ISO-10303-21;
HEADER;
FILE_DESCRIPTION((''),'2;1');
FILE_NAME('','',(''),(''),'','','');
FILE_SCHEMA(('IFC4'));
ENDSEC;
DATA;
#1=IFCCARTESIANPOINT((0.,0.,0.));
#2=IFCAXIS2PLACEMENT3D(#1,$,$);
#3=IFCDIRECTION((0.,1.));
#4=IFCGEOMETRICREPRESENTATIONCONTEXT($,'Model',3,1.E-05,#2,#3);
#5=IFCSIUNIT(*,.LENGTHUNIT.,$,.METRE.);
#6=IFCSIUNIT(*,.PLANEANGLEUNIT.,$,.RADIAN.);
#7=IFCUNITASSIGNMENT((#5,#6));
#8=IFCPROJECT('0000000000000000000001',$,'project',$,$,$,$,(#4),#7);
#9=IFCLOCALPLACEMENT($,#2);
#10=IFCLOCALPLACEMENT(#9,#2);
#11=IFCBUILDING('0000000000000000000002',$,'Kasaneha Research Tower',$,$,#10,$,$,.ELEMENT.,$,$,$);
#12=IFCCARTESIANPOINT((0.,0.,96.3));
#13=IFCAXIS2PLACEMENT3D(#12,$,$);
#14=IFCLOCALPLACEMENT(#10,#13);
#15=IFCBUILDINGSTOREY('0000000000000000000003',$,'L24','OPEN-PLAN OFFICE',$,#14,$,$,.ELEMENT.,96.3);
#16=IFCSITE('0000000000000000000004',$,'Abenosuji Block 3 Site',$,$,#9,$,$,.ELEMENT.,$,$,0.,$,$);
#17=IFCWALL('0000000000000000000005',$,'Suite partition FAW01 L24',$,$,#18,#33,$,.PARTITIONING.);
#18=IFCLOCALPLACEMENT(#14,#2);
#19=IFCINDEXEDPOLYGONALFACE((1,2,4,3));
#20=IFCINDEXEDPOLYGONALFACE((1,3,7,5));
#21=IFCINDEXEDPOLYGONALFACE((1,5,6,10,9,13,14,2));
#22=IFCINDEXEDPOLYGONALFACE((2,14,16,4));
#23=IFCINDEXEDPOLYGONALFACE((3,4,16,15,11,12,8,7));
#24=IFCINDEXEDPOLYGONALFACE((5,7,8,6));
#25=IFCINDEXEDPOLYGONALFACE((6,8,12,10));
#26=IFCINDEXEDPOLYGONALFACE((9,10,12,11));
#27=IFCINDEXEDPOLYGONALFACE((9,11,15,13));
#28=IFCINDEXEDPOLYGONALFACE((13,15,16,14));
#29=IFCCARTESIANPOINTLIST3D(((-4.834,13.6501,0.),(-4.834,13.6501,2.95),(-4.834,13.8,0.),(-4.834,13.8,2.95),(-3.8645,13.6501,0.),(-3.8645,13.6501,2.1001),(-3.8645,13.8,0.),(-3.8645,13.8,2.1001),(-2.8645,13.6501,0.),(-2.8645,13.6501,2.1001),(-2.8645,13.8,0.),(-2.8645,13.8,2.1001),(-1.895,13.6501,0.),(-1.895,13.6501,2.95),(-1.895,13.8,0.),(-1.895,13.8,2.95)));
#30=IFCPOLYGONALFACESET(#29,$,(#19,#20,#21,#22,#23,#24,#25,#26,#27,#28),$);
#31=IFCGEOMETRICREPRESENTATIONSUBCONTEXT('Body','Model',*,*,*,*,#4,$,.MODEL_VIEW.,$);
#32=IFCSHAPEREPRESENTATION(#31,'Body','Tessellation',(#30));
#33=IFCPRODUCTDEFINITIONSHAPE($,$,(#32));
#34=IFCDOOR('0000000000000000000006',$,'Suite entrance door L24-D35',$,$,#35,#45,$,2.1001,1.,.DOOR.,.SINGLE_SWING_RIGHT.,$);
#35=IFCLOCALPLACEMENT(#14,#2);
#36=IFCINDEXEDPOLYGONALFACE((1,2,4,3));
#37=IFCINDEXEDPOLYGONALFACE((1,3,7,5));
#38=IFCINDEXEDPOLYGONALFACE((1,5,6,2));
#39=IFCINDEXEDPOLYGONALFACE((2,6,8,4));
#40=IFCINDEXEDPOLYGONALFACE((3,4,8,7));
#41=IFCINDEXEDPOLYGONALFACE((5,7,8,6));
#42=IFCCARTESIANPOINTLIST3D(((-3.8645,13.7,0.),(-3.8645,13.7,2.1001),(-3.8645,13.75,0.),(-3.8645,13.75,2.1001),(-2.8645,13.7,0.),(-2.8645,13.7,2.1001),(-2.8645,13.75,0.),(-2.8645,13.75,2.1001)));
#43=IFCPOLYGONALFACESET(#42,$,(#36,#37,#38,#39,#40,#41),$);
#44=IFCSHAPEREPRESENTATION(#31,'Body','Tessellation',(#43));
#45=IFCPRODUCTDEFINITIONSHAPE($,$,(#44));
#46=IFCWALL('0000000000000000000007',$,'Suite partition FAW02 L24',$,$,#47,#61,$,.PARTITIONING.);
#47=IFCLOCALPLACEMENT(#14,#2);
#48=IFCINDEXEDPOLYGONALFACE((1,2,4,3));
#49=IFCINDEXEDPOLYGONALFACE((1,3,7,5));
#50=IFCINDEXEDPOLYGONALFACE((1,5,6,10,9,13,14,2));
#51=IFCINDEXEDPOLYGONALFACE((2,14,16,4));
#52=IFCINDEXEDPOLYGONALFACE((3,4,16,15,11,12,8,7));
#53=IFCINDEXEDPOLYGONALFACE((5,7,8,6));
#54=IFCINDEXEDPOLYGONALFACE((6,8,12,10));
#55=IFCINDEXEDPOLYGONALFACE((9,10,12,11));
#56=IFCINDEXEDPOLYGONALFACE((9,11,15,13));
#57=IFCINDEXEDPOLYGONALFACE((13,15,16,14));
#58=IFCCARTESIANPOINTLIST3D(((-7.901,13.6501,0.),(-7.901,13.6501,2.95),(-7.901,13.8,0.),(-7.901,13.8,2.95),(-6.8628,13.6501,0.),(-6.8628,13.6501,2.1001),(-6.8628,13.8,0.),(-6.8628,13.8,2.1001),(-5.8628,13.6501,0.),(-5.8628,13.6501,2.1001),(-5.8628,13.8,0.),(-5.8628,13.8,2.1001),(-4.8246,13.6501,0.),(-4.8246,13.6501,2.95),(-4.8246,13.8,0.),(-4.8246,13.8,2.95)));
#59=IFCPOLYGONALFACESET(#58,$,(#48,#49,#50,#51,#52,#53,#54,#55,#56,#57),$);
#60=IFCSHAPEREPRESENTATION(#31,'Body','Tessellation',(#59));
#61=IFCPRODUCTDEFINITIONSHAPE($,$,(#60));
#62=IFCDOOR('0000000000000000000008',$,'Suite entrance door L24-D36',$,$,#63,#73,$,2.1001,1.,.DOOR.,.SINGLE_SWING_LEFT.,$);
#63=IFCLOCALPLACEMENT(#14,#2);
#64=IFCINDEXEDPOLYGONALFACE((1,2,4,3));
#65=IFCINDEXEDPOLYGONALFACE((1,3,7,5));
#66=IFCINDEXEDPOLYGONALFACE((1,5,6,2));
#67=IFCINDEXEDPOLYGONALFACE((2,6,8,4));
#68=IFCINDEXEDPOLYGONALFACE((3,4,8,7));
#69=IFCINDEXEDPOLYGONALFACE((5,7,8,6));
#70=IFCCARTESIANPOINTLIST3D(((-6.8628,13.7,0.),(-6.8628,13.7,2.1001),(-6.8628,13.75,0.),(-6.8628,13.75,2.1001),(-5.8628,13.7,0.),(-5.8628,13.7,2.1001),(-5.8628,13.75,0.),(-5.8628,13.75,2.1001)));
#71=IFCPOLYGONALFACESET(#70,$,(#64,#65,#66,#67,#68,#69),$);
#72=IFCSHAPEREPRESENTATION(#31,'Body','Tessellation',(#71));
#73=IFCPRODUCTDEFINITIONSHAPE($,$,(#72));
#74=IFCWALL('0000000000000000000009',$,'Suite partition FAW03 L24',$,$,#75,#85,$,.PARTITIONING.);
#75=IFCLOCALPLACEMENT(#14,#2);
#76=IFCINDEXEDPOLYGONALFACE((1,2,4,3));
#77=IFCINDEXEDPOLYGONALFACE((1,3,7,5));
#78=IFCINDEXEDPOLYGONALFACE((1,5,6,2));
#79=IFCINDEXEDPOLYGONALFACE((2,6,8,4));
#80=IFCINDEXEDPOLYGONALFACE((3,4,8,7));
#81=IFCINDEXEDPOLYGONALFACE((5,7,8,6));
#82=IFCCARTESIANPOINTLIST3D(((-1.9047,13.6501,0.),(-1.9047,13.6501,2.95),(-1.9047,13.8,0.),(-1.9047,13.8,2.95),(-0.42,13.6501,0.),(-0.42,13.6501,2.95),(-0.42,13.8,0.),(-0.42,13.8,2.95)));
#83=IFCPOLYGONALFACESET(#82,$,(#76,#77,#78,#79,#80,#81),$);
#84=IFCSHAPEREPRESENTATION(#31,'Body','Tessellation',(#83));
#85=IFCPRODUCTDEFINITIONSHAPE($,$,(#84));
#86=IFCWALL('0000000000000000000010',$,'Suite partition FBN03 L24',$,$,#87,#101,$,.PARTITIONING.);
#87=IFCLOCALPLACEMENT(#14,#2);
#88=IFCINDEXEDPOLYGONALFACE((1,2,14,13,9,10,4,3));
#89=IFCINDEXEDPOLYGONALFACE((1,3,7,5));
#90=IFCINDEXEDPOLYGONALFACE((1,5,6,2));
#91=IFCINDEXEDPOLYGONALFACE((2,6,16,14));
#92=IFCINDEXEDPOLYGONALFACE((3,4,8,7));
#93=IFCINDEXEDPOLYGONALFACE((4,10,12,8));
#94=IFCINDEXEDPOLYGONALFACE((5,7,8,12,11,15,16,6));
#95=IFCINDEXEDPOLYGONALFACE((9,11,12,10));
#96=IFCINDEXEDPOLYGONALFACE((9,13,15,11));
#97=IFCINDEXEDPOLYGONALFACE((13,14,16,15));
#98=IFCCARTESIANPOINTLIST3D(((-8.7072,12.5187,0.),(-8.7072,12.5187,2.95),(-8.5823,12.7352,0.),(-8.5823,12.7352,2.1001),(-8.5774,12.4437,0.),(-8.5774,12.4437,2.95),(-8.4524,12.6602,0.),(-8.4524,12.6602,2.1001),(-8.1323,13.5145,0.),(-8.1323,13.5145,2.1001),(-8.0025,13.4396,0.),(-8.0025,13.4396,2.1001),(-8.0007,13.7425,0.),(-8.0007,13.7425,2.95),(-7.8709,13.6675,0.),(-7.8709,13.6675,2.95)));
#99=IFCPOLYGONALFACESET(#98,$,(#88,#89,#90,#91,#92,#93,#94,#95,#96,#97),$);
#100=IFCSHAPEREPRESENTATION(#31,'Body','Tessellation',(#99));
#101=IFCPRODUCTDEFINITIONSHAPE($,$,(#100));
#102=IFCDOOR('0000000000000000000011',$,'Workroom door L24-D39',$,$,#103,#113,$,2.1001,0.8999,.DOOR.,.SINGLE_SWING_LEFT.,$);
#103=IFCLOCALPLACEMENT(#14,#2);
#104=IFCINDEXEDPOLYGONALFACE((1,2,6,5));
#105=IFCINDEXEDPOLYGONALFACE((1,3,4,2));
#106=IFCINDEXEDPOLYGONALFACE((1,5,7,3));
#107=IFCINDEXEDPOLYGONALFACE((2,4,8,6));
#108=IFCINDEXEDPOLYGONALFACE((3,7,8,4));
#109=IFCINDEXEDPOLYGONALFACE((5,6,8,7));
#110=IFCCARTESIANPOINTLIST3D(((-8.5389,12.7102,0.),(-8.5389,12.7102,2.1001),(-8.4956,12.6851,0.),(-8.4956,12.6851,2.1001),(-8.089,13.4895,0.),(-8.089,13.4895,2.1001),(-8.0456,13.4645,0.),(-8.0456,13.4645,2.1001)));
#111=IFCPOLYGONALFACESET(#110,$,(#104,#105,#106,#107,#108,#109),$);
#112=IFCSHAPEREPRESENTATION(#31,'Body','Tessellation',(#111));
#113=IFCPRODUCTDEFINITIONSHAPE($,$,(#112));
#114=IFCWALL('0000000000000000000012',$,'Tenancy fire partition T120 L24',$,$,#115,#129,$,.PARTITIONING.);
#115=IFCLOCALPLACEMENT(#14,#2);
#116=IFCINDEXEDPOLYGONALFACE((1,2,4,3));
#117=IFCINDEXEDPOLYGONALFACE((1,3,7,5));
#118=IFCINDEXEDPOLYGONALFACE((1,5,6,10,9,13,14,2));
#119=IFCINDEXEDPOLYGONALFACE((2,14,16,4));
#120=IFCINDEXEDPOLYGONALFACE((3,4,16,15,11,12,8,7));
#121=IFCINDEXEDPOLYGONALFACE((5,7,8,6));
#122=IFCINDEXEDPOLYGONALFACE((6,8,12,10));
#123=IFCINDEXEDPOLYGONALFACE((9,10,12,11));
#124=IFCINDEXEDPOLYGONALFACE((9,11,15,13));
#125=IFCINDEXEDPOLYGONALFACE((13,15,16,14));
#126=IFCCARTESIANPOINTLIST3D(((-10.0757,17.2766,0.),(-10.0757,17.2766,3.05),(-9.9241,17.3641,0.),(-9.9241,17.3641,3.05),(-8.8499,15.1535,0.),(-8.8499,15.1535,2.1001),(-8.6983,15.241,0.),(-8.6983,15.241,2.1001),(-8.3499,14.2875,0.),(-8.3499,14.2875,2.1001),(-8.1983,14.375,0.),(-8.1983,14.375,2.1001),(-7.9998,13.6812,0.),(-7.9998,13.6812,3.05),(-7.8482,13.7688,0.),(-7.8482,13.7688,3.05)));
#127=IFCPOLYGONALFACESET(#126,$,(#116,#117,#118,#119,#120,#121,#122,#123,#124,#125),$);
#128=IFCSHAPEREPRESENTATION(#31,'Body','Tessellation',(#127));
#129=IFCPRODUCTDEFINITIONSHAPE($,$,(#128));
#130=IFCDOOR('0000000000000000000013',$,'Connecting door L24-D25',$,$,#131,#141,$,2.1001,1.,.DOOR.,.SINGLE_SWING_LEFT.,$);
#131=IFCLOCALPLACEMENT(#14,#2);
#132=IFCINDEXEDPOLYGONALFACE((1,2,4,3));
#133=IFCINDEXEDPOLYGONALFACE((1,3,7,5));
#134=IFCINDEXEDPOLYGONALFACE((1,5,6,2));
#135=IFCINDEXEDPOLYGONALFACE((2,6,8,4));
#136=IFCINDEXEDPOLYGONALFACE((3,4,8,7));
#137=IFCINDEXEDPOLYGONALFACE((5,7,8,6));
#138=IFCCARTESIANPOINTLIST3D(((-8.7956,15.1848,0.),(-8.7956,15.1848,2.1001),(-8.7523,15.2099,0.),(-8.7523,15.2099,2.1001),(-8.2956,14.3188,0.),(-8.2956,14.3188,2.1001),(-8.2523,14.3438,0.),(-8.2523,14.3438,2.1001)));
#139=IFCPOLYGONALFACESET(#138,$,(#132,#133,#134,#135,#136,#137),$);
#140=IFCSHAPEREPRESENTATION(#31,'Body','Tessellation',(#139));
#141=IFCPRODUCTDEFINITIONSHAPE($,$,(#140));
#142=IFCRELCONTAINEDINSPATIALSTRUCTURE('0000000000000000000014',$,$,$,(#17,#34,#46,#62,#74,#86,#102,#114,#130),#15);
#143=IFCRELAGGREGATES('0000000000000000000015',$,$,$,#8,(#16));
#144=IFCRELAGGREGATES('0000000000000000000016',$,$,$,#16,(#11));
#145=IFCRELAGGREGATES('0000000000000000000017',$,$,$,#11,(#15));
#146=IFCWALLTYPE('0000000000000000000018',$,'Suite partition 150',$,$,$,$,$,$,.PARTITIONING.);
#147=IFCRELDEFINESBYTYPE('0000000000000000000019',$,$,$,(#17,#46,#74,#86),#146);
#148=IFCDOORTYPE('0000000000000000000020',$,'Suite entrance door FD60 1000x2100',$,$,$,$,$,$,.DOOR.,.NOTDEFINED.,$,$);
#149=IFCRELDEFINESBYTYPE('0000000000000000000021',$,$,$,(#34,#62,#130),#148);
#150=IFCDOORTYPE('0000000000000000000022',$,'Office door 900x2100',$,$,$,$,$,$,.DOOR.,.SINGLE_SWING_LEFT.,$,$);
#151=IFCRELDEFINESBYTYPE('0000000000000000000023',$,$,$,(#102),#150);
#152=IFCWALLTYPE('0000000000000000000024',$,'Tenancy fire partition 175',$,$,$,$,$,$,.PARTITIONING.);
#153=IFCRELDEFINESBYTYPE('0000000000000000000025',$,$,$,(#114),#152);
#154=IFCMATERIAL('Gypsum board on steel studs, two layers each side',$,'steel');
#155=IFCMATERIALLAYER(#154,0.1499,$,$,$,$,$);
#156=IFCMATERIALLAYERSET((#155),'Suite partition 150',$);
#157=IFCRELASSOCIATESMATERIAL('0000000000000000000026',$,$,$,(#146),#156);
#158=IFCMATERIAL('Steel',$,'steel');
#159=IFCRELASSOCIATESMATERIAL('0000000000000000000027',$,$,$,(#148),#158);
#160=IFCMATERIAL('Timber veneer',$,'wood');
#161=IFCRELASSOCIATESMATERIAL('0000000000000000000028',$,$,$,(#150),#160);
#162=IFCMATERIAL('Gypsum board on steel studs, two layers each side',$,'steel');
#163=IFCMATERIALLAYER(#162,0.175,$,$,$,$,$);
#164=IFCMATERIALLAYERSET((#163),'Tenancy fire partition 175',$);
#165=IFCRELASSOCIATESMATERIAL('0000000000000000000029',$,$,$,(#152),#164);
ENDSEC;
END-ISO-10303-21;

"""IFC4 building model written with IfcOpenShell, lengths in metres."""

from ifc_helpers import new_model, si_unit, direction, frame, frame_2d, origin, place, context, subcontext, project, spatial, rectangle, extrude, material, layer, layer_set, type_object, element, fill, save


model = new_model("IFC4")

# Units and contexts
model_context = context("Model", 3, precision=1e-05, world=origin(), true_north=direction((0.0, 1.0)))
body_context = subcontext(model_context, "Body", "Model", "MODEL_VIEW")
ifc_project = project(units=[si_unit("LENGTHUNIT", "METRE"), si_unit("PLANEANGLEUNIT", "RADIAN")], contexts=[model_context])

# Site, building, storey
site_placement = place(None, origin())
site = spatial("IfcSite", under=ifc_project, at=site_placement, Name="Abenosuji Block 3 Site", CompositionType="ELEMENT", RefElevation=0.0)
building_placement = place(site_placement, origin())
building = spatial("IfcBuilding", under=site, at=building_placement, Name="Kasaneha Research Tower", CompositionType="ELEMENT")
storey_placement = place(building_placement, frame((0.0, 0.0, 96.3)))
storey = spatial("IfcBuildingStorey", under=building, at=storey_placement, Name="L24", Description="OPEN-PLAN OFFICE", CompositionType="ELEMENT", Elevation=96.3)

# Walls, openings, doors
ifc_material_1 = material(Name="Gypsum board on steel studs, two layers each side", Category="steel")
ifc_layer_1 = layer(ifc_material_1, 0.1499)
ifc_layer_set_1 = layer_set([ifc_layer_1], Name="Suite partition 150")
wall_type_1 = type_object("IfcWallType", Name="Suite partition 150", PredefinedType="PARTITIONING", material=ifc_layer_set_1)
wall_1_placement = place(storey_placement, frame((-4.834, 13.7251, 0.0), z_axis=(0.0, 0.0, 1.0), x_axis=(1.0, 0.0, 0.0)))
wall_1 = element("IfcWall", 1, at=wall_1_placement, inside=storey, type_object=wall_type_1, Name="Suite partition FAW01 L24", PredefinedType="PARTITIONING", context=body_context, shape_type="SweptSolid", body=[
    extrude(rectangle(XDim=2.939, YDim=0.1499, at=frame_2d((1.4695, 0.0))), origin(), (0.0, 0.0, 1.0), 2.95),
])
opening_1_placement = place(wall_1_placement, frame((0.9695, 0.0, 0.0)))
opening_1 = element("IfcOpeningElement", 2, at=opening_1_placement, cuts=wall_1, PredefinedType="OPENING", context=body_context, shape_type="SweptSolid", body=[
    extrude(rectangle(XDim=1.0, YDim=2.1001, at=frame_2d((0.5, 1.05))), frame((0.0, 0.085, 0.0), z_axis=(0.0, -1.0, 0.0), x_axis=(1.0, 0.0, 0.0)), (0.0, 0.0, 1.0), 0.1699),
])
ifc_material_2 = material(Name="Steel", Category="steel")
door_type_1 = type_object("IfcDoorType", Name="Suite entrance door FD60 1000x2100", OperationType="NOTDEFINED", PredefinedType="DOOR", material=ifc_material_2)
door_1_placement = place(opening_1_placement, origin())
door_1 = element("IfcDoor", 3, at=door_1_placement, inside=storey, type_object=door_type_1, Name="Suite entrance door L24-D35", OperationType="SINGLE_SWING_RIGHT", OverallHeight=2.1001, OverallWidth=1.0, PredefinedType="DOOR", context=body_context, shape_type="SweptSolid", body=[
    extrude(rectangle(XDim=1.0, YDim=2.1001, at=frame_2d((0.5, 1.05))), frame((0.0, 0.0249, 0.0), z_axis=(0.0, -1.0, 0.0), x_axis=(1.0, 0.0, 0.0)), (0.0, 0.0, 1.0), 0.05),
])
fill(opening_1, door_1)
wall_2_placement = place(storey_placement, frame((-7.9009, 13.7251, 0.0), z_axis=(0.0, 0.0, 1.0), x_axis=(1.0, 0.0, 0.0)))
wall_2 = element("IfcWall", 4, at=wall_2_placement, inside=storey, type_object=wall_type_1, Name="Suite partition FAW02 L24", PredefinedType="PARTITIONING", context=body_context, shape_type="SweptSolid", body=[
    extrude(rectangle(XDim=3.0764, YDim=0.1499, at=frame_2d((1.5381, 0.0))), origin(), (0.0, 0.0, 1.0), 2.95),
])
opening_2_placement = place(wall_2_placement, frame((1.0381, 0.0, 0.0)))
opening_2 = element("IfcOpeningElement", 5, at=opening_2_placement, cuts=wall_2, PredefinedType="OPENING", context=body_context, shape_type="SweptSolid", body=[
    extrude(rectangle(XDim=1.0, YDim=2.1001, at=frame_2d((0.5, 1.05))), frame((0.0, 0.085, 0.0), z_axis=(0.0, -1.0, 0.0), x_axis=(1.0, 0.0, 0.0)), (0.0, 0.0, 1.0), 0.1699),
])
door_2_placement = place(opening_2_placement, origin())
door_2 = element("IfcDoor", 6, at=door_2_placement, inside=storey, type_object=door_type_1, Name="Suite entrance door L24-D36", OperationType="SINGLE_SWING_LEFT", OverallHeight=2.1001, OverallWidth=1.0, PredefinedType="DOOR", context=body_context, shape_type="SweptSolid", body=[
    extrude(rectangle(XDim=1.0, YDim=2.1001, at=frame_2d((0.5, 1.05))), frame((0.0, 0.0249, 0.0), z_axis=(0.0, -1.0, 0.0), x_axis=(1.0, 0.0, 0.0)), (0.0, 0.0, 1.0), 0.05),
])
fill(opening_2, door_2)

# Wall
wall_3_placement = place(storey_placement, frame((-1.9045, 13.7251, 0.0), z_axis=(0.0, 0.0, 1.0), x_axis=(1.0, 0.0, 0.0)))
element("IfcWall", 7, at=wall_3_placement, inside=storey, type_object=wall_type_1, Name="Suite partition FAW03 L24", PredefinedType="PARTITIONING", context=body_context, shape_type="SweptSolid", body=[
    extrude(rectangle(XDim=1.4846, YDim=0.1499, at=frame_2d((0.7422, 0.0))), origin(), (0.0, 0.0, 1.0), 2.95),
])

# Walls, openings, doors
wall_4_placement = place(storey_placement, frame((-8.6423, 12.4812, 0.0), z_axis=(0.0, 0.0, 1.0), x_axis=(0.499967, 0.866045, 0.0)))
wall_4 = element("IfcWall", 8, at=wall_4_placement, inside=storey, type_object=wall_type_1, Name="Suite partition FBN03 L24", PredefinedType="PARTITIONING", context=body_context, shape_type="SweptSolid", body=[
    extrude(rectangle(XDim=1.4131, YDim=0.1499, at=frame_2d((0.7065, 0.0))), origin(), (0.0, 0.0, 1.0), 2.95),
])
opening_3_placement = place(wall_4_placement, frame((0.25, 0.0, 0.0)))
opening_3 = element("IfcOpeningElement", 9, at=opening_3_placement, cuts=wall_4, PredefinedType="OPENING", context=body_context, shape_type="SweptSolid", body=[
    extrude(rectangle(XDim=0.8999, YDim=2.1001, at=frame_2d((0.45, 1.05))), frame((0.0, 0.085, 0.0), z_axis=(0.0, -1.0, 0.0), x_axis=(1.0, 0.0, 0.0)), (0.0, 0.0, 1.0), 0.1699),
])
ifc_material_3 = material(Name="Timber veneer", Category="wood")
door_type_2 = type_object("IfcDoorType", Name="Office door 900x2100", OperationType="SINGLE_SWING_LEFT", PredefinedType="DOOR", material=ifc_material_3)
door_3_placement = place(opening_3_placement, origin())
door_3 = element("IfcDoor", 10, at=door_3_placement, inside=storey, type_object=door_type_2, Name="Workroom door L24-D39", OperationType="SINGLE_SWING_LEFT", OverallHeight=2.1001, OverallWidth=0.8999, PredefinedType="DOOR", context=body_context, shape_type="SweptSolid", body=[
    extrude(rectangle(XDim=0.8999, YDim=2.1001, at=frame_2d((0.45, 1.05))), frame((0.0, 0.0249, 0.0), z_axis=(0.0, -1.0, 0.0), x_axis=(1.0, 0.0, 0.0)), (0.0, 0.0, 1.0), 0.05),
])
fill(opening_3, door_3)
ifc_material_4 = material(Name="Gypsum board on steel studs, two layers each side", Category="steel")
ifc_layer_2 = layer(ifc_material_4, 0.175)
ifc_layer_set_2 = layer_set([ifc_layer_2], Name="Tenancy fire partition 175")
wall_type_2 = type_object("IfcWallType", Name="Tenancy fire partition 175", PredefinedType="PARTITIONING", material=ifc_layer_set_2)
wall_5_placement = place(storey_placement, frame((-7.9241, 13.7251, 0.0), z_axis=(0.0, 0.0, 1.0), x_axis=(-0.500016, 0.866016, 0.0)))
wall_5 = element("IfcWall", 11, at=wall_5_placement, inside=storey, type_object=wall_type_2, Name="Tenancy fire partition T120 L24", PredefinedType="PARTITIONING", context=body_context, shape_type="SweptSolid", body=[
    extrude(rectangle(XDim=4.1516, YDim=0.175, at=frame_2d((2.0757, 0.0))), origin(), (0.0, 0.0, 1.0), 3.05),
])
opening_4_placement = place(wall_5_placement, frame((0.7, 0.0, 0.0)))
opening_4 = element("IfcOpeningElement", 12, at=opening_4_placement, cuts=wall_5, PredefinedType="OPENING", context=body_context, shape_type="SweptSolid", body=[
    extrude(rectangle(XDim=1.0, YDim=2.1001, at=frame_2d((0.5, 1.05))), frame((0.0, 0.0977, 0.0), z_axis=(0.0, -1.0, 0.0), x_axis=(1.0, 0.0, 0.0)), (0.0, 0.0, 1.0), 0.1951),
])
door_4_placement = place(opening_4_placement, origin())
door_4 = element("IfcDoor", 13, at=door_4_placement, inside=storey, type_object=door_type_1, Name="Connecting door L24-D25", OperationType="SINGLE_SWING_LEFT", OverallHeight=2.1001, OverallWidth=1.0, PredefinedType="DOOR", context=body_context, shape_type="SweptSolid", body=[
    extrude(rectangle(XDim=1.0, YDim=2.1001, at=frame_2d((0.5, 1.05))), frame((0.0, 0.0249, 0.0), z_axis=(0.0, -1.0, 0.0), x_axis=(1.0, 0.0, 0.0)), (0.0, 0.0, 1.0), 0.05),
])
fill(opening_4, door_4)

save(model, "model.ifc")
